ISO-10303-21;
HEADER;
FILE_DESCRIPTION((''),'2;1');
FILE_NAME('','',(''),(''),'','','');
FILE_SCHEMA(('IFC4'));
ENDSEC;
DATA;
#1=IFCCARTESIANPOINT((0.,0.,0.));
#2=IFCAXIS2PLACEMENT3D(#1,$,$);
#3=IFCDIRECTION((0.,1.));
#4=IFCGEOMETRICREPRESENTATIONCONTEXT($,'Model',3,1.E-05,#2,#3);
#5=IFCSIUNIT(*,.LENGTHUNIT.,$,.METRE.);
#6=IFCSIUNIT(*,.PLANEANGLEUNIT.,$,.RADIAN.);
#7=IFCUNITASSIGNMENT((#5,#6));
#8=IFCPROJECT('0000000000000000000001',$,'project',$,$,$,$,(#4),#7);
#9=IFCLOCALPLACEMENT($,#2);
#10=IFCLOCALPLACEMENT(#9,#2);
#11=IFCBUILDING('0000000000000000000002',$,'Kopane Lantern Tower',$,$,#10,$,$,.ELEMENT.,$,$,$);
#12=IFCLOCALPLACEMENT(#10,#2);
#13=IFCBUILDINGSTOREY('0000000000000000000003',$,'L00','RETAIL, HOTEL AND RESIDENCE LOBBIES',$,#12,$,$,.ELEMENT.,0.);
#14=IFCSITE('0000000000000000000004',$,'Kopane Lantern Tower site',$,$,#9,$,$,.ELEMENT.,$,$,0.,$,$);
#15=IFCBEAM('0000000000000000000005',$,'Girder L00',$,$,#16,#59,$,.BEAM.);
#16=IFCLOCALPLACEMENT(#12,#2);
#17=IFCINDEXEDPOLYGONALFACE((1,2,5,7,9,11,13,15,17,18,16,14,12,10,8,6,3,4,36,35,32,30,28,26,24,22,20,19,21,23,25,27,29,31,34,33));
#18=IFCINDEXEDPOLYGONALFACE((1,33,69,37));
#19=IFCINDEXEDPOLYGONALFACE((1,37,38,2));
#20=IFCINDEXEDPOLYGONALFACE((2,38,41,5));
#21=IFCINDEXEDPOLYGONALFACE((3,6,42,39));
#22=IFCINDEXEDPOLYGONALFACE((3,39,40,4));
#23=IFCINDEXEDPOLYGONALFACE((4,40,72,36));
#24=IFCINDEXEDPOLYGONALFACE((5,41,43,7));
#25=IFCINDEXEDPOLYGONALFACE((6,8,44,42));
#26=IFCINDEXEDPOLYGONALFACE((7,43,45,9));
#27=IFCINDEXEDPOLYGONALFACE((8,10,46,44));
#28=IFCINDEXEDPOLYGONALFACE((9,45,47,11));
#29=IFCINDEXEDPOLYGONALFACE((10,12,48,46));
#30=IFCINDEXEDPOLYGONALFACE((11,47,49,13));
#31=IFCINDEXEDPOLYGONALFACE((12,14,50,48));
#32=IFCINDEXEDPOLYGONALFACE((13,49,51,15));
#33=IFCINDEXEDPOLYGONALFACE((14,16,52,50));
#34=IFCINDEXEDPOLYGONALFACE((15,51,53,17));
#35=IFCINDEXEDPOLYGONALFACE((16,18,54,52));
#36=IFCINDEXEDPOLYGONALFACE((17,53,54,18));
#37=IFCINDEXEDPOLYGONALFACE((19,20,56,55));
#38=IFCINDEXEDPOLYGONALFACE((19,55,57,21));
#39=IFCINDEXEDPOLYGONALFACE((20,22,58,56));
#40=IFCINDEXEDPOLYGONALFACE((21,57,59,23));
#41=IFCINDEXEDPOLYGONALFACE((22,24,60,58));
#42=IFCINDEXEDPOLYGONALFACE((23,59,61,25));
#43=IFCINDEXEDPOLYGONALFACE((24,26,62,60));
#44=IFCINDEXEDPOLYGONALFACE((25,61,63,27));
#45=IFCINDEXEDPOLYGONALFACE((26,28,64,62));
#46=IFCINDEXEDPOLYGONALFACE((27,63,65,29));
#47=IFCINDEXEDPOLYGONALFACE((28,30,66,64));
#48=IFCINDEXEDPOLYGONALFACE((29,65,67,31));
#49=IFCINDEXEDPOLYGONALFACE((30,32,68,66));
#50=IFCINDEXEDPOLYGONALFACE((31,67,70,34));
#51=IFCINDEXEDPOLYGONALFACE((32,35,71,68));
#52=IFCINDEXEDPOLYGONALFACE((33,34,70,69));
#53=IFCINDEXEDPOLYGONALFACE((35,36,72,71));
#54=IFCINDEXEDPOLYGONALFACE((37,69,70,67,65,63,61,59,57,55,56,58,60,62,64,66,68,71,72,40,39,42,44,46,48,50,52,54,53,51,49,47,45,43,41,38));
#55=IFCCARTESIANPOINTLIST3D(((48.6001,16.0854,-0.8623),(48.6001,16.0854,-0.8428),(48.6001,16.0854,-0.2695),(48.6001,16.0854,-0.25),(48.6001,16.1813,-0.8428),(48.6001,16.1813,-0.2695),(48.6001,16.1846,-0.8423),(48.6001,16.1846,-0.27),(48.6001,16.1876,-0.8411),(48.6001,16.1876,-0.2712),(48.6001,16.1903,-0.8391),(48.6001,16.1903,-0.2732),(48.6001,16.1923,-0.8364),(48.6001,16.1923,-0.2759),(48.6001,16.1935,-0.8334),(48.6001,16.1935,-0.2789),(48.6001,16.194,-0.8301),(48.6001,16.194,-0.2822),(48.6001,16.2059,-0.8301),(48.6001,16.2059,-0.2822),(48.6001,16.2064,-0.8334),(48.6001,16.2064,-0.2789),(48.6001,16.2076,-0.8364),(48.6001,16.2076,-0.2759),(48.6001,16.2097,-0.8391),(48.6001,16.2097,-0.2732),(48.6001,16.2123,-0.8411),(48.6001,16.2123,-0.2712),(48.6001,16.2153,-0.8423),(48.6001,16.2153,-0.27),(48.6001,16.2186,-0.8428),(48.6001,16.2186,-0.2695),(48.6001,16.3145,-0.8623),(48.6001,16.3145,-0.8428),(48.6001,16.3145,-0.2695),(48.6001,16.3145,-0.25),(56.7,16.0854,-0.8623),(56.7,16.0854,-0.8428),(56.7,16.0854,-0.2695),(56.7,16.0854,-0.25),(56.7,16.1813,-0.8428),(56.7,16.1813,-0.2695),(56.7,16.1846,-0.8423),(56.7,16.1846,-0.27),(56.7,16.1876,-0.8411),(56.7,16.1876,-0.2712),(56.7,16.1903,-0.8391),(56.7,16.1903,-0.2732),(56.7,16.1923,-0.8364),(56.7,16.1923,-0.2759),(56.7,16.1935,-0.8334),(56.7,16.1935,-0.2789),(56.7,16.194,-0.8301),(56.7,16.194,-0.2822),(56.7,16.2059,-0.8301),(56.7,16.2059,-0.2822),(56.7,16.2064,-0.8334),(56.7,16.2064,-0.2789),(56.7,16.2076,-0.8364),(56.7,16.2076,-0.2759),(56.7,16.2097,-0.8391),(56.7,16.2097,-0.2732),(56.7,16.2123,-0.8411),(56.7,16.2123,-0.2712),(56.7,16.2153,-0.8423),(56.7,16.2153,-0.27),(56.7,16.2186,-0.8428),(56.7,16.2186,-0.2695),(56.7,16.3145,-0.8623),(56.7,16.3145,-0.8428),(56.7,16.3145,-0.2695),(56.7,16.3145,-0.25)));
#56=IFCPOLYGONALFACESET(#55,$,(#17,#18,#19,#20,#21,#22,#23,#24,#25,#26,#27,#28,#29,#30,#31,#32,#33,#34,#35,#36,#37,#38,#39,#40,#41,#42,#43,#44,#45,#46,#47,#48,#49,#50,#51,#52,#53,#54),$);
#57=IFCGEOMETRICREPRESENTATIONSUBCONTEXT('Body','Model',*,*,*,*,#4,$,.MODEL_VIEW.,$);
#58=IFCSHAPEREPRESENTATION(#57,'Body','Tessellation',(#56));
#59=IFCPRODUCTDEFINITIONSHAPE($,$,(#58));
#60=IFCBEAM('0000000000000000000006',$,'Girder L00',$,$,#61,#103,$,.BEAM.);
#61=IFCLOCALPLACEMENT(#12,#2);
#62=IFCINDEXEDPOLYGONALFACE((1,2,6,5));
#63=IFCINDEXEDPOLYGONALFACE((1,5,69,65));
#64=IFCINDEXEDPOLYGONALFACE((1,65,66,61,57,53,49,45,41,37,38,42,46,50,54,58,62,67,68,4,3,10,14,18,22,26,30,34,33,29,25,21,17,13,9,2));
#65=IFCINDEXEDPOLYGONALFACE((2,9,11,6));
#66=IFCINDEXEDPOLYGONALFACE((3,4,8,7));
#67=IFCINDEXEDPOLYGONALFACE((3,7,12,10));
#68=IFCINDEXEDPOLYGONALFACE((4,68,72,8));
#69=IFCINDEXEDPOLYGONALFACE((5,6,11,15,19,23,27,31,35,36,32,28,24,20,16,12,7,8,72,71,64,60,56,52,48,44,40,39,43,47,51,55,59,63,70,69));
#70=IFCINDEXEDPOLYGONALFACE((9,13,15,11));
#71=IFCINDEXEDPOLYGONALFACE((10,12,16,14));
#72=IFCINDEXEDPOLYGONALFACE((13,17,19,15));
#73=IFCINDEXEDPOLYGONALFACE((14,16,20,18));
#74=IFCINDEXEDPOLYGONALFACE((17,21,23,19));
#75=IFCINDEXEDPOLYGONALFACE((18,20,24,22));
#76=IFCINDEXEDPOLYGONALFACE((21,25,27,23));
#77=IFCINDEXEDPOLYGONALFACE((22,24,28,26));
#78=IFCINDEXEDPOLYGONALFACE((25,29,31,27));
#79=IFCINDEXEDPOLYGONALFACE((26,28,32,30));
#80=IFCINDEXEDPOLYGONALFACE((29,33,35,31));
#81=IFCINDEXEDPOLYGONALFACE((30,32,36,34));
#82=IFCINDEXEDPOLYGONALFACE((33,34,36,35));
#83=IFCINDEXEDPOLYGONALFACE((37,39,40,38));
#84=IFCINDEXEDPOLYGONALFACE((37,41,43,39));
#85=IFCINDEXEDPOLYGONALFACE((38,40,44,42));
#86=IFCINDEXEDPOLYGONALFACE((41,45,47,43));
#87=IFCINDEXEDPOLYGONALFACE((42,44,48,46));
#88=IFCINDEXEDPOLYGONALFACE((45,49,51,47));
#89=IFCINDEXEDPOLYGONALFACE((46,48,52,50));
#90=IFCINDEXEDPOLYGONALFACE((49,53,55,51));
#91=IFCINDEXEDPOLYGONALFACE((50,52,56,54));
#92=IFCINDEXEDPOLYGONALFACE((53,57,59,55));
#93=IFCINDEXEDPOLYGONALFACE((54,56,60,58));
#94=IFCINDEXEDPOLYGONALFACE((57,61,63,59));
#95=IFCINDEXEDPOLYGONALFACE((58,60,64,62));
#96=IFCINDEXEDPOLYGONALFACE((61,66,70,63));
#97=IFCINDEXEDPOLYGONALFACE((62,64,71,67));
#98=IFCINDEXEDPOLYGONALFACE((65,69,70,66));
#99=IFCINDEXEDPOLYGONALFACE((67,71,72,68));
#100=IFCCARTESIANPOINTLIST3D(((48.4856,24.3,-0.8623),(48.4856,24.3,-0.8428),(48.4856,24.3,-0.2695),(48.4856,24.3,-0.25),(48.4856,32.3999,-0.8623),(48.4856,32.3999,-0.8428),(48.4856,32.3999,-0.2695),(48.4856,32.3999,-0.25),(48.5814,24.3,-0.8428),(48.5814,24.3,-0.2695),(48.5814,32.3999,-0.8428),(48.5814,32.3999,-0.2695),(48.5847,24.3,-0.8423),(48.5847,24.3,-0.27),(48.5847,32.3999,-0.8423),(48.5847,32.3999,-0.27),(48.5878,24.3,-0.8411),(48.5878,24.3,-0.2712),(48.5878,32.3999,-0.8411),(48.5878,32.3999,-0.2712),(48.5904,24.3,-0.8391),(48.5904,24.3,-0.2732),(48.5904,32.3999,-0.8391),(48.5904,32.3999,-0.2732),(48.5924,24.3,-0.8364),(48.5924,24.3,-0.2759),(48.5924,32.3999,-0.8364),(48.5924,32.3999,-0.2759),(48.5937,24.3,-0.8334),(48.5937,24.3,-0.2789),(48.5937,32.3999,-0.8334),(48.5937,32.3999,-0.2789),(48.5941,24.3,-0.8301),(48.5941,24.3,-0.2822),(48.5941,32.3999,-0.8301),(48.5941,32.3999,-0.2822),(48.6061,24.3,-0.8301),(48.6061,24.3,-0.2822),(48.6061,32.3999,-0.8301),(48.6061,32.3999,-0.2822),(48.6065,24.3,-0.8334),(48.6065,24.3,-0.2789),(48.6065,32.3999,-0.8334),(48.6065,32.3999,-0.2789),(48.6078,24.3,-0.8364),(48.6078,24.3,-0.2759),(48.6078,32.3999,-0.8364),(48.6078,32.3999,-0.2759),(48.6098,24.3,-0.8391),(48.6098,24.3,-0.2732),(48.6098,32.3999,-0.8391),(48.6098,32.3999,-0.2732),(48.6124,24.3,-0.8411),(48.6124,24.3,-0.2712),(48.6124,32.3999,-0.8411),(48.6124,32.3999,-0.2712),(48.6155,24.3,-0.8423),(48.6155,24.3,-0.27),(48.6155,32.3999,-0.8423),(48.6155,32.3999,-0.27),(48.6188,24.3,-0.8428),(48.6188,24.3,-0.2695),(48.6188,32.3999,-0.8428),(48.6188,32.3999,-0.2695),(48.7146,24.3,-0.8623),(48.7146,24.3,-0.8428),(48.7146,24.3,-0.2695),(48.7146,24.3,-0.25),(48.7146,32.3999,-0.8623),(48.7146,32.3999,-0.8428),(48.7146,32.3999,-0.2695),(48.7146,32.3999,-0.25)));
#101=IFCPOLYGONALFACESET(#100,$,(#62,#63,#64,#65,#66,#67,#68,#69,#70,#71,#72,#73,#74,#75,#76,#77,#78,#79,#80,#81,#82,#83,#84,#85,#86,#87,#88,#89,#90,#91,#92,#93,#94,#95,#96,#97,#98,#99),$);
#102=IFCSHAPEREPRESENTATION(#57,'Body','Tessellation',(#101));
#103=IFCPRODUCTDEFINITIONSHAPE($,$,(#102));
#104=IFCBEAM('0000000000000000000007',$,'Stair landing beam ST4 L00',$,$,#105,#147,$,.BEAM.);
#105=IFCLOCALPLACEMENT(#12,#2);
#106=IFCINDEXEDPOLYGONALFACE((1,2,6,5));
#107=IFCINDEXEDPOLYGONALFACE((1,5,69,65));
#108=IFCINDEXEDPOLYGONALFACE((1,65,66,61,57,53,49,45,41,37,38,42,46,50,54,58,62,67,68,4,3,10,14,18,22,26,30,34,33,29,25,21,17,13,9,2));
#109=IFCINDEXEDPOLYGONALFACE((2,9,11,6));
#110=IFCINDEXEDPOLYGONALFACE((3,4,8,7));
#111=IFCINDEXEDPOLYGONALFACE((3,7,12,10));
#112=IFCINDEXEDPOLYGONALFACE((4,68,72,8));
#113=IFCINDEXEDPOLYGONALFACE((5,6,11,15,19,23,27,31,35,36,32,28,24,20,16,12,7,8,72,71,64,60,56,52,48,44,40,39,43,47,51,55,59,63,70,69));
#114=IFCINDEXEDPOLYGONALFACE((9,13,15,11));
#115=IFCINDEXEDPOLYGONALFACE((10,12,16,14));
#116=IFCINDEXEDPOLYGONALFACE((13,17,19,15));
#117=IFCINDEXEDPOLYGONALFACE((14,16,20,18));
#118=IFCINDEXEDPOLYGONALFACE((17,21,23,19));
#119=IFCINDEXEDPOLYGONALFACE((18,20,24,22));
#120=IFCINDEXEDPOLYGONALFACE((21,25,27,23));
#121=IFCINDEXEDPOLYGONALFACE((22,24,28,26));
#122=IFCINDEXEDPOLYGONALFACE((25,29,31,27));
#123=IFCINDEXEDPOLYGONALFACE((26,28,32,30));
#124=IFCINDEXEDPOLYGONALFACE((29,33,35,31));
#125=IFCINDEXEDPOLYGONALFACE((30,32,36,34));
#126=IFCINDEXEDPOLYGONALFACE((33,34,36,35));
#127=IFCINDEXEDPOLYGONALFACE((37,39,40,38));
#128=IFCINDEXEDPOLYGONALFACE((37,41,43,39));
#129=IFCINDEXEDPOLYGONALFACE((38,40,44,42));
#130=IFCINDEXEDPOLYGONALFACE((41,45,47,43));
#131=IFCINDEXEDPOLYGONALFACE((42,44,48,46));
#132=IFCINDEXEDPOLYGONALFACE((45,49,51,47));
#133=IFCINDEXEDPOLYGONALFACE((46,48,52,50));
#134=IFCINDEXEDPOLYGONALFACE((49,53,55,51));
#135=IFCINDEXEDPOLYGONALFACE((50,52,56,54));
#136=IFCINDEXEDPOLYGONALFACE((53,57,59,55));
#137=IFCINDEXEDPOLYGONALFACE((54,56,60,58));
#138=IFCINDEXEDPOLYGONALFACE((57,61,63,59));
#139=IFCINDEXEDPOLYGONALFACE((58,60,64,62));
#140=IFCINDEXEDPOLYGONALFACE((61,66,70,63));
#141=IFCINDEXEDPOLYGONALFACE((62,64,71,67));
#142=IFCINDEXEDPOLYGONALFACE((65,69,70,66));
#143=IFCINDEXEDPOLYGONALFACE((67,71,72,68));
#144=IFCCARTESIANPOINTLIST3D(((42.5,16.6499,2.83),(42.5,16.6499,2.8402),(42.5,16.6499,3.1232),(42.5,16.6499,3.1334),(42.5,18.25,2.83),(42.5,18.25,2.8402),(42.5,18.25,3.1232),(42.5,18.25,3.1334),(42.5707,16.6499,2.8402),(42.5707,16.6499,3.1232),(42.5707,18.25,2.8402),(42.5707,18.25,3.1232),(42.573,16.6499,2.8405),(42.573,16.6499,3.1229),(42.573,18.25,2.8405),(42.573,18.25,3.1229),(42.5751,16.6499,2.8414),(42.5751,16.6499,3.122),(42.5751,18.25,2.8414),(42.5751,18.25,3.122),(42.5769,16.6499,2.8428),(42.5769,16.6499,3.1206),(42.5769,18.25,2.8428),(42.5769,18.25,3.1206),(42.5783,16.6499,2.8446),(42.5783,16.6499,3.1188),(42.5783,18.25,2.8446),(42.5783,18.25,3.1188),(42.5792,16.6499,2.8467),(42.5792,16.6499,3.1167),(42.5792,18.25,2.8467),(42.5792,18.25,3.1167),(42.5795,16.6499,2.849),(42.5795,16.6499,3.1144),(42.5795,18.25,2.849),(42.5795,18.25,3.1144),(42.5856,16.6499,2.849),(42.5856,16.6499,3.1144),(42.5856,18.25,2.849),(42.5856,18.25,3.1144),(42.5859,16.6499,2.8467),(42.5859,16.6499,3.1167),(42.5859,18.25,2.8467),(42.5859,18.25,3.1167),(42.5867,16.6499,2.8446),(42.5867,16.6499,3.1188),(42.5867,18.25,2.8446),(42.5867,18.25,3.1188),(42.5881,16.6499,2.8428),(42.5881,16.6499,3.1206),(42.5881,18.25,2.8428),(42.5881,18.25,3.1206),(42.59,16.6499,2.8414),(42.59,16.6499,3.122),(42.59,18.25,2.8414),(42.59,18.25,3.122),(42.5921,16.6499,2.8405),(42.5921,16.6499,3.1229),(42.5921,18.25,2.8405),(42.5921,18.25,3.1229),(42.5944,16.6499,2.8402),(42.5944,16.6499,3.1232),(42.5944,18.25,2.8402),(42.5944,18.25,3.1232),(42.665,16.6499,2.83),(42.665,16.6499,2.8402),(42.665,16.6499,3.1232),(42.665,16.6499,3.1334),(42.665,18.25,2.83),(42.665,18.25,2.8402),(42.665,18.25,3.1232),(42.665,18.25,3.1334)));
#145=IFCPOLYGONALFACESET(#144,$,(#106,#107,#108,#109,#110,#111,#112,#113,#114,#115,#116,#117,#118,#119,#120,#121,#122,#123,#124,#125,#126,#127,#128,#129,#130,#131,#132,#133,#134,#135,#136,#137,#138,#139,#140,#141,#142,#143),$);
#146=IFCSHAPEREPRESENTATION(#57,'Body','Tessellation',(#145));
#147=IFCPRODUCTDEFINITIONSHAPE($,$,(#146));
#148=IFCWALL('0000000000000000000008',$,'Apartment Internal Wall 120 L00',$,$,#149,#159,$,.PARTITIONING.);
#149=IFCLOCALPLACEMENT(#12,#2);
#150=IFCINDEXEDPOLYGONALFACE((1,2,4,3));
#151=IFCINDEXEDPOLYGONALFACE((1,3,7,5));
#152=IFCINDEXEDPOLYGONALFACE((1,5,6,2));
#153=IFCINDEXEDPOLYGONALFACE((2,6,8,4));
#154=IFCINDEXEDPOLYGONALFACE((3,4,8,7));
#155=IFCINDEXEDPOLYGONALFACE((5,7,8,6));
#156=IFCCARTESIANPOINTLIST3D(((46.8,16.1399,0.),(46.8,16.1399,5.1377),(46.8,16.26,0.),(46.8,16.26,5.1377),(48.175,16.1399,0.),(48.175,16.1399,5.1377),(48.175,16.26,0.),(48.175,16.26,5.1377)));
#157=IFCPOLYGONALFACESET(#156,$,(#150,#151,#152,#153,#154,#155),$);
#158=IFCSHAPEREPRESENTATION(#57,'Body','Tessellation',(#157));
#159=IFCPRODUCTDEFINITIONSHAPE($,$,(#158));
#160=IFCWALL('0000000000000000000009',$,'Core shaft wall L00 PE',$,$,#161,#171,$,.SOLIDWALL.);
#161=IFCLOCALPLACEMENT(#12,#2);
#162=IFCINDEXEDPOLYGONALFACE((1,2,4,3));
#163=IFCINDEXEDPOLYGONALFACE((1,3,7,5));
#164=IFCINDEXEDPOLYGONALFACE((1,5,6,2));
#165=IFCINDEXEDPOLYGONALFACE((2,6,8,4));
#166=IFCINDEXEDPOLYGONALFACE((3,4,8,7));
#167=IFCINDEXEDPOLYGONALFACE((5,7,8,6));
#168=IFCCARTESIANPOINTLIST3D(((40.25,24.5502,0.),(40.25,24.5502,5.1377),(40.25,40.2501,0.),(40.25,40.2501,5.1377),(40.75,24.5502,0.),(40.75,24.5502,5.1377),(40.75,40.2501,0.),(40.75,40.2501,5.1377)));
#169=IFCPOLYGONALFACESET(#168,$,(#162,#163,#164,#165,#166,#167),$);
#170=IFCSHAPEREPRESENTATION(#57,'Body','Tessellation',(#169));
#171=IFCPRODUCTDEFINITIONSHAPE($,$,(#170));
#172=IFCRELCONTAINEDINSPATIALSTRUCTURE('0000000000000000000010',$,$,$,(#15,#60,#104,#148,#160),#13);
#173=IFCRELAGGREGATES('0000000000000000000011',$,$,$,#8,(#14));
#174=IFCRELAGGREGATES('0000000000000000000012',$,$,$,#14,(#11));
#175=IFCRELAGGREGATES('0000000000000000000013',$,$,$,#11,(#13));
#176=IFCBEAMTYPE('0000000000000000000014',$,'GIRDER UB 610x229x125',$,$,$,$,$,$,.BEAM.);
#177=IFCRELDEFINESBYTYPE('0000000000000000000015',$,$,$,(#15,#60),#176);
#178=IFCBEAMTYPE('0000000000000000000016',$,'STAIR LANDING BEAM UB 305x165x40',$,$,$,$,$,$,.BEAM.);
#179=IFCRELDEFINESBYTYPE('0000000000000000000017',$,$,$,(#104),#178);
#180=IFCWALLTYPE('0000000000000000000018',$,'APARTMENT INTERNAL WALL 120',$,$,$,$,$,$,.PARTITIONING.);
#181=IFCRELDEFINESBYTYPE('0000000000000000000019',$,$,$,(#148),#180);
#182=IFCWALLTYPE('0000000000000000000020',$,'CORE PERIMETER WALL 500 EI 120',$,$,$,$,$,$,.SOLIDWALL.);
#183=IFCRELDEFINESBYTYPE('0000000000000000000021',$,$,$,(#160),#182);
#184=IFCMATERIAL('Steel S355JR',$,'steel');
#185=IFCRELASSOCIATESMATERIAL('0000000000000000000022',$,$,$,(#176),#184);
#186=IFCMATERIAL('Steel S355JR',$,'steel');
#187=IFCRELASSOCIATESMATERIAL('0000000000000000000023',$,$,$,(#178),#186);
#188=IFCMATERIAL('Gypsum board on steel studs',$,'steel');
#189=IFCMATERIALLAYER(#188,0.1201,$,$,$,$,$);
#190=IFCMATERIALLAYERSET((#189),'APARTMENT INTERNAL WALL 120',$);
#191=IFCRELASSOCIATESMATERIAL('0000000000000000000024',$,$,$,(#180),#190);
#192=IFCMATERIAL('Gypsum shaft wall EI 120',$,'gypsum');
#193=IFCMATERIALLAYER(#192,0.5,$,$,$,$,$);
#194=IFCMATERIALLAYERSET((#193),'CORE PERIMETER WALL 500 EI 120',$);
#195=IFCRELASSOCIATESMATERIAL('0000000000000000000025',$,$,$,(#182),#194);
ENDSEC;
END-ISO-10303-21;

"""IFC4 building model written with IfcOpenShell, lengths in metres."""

from ifc_helpers import new_model, si_unit, direction, frame, frame_2d, origin, origin_2d, place, context, subcontext, project, spatial, rectangle, i_section, extrude, material, layer, layer_set, material_profile, profile_set, type_object, element, save


model = new_model("IFC4")

# Units and contexts
model_context = context("Model", 3, precision=1e-05, world=origin(), true_north=direction((0.0, 1.0)))
body_context = subcontext(model_context, "Body", "Model", "MODEL_VIEW")
ifc_project = project(units=[si_unit("LENGTHUNIT", "METRE"), si_unit("PLANEANGLEUNIT", "RADIAN")], contexts=[model_context])

# Site, building, storey
site_placement = place(None, origin())
site = spatial("IfcSite", under=ifc_project, at=site_placement, Name="Kopane Lantern Tower site", CompositionType="ELEMENT", RefElevation=0.0)
building_placement = place(site_placement, origin())
building = spatial("IfcBuilding", under=site, at=building_placement, Name="Kopane Lantern Tower", CompositionType="ELEMENT")
storey_placement = place(building_placement, origin())
storey = spatial("IfcBuildingStorey", under=building, at=storey_placement, Name="L00", Description="RETAIL, HOTEL AND RESIDENCE LOBBIES", CompositionType="ELEMENT", Elevation=0.0)

# Beams
ifc_material_1 = material(Name="Steel S355JR", Category="steel")
ifc_material_profile_1 = material_profile(ifc_material_1, i_section(OverallWidth=0.229, OverallDepth=0.6123, WebThickness=0.012, FlangeThickness=0.0195, FilletRadius=0.0127, at=origin_2d()), Name="UB 610x229x125")
ifc_profile_set_1 = profile_set([ifc_material_profile_1], Name="Steel S355JR")
beam_type_1 = type_object("IfcBeamType", Name="GIRDER UB 610x229x125", PredefinedType="BEAM", material=ifc_profile_set_1)
for number, where, z_axis, x_axis, name in (
    (1, (48.6001, 16.2, -0.5562), (1.0, 0.0, 0.0), (0.0, 1.0, 0.0), "Girder L00"),
    (2, (48.6001, 24.3, -0.5562), (0.0, 1.0, 0.0), (-1.0, 0.0, 0.0), "Girder L00"),
):
    element("IfcBeam", number, at=place(storey_placement, frame(where, z_axis=z_axis, x_axis=x_axis)), inside=storey, type_object=beam_type_1, Name=name, PredefinedType="BEAM", context=body_context, shape_type="SweptSolid", body=[
        extrude(i_section(OverallWidth=0.229, OverallDepth=0.6123, WebThickness=0.012, FlangeThickness=0.0195, FilletRadius=0.0127, at=origin_2d()), origin(), (0.0, 0.0, 1.0), 8.0999),
    ])
ifc_material_2 = material(Name="Steel S355JR", Category="steel")
ifc_material_profile_2 = material_profile(ifc_material_2, i_section(OverallWidth=0.165, OverallDepth=0.3035, WebThickness=0.0061, FlangeThickness=0.0103, FilletRadius=0.0088, at=origin_2d()), Name="UB 305x165x40")
ifc_profile_set_2 = profile_set([ifc_material_profile_2], Name="Steel S355JR")
beam_type_2 = type_object("IfcBeamType", Name="STAIR LANDING BEAM UB 305x165x40", PredefinedType="BEAM", material=ifc_profile_set_2)
beam_1_placement = place(storey_placement, frame((42.5825, 16.6499, 2.9817), z_axis=(0.0, 1.0, 0.0), x_axis=(-1.0, 0.0, 0.0)))
element("IfcBeam", 3, at=beam_1_placement, inside=storey, type_object=beam_type_2, Name="Stair landing beam ST4 L00", PredefinedType="BEAM", context=body_context, shape_type="SweptSolid", body=[
    extrude(i_section(OverallWidth=0.165, OverallDepth=0.3035, WebThickness=0.0061, FlangeThickness=0.0103, FilletRadius=0.0088, at=origin_2d()), origin(), (0.0, 0.0, 1.0), 1.6001),
])

# Walls
ifc_material_3 = material(Name="Gypsum board on steel studs", Category="steel")
ifc_layer_1 = layer(ifc_material_3, 0.1201)
ifc_layer_set_1 = layer_set([ifc_layer_1], Name="APARTMENT INTERNAL WALL 120")
wall_type_1 = type_object("IfcWallType", Name="APARTMENT INTERNAL WALL 120", PredefinedType="PARTITIONING", material=ifc_layer_set_1)
wall_1_placement = place(storey_placement, frame((46.8, 16.2, 0.0), z_axis=(0.0, 0.0, 1.0), x_axis=(1.0, 0.0, 0.0)))
element("IfcWall", 4, at=wall_1_placement, inside=storey, type_object=wall_type_1, Name="Apartment Internal Wall 120 L00", PredefinedType="PARTITIONING", context=body_context, shape_type="SweptSolid", body=[
    extrude(rectangle(XDim=1.375, YDim=0.1201, at=frame_2d((0.6875, 0.0))), origin(), (0.0, 0.0, 1.0), 5.1377),
])
ifc_material_4 = material(Name="Gypsum shaft wall EI 120", Category="gypsum")
ifc_layer_2 = layer(ifc_material_4, 0.5)
ifc_layer_set_2 = layer_set([ifc_layer_2], Name="CORE PERIMETER WALL 500 EI 120")
wall_type_2 = type_object("IfcWallType", Name="CORE PERIMETER WALL 500 EI 120", PredefinedType="SOLIDWALL", material=ifc_layer_set_2)
wall_2_placement = place(storey_placement, frame((40.5, 24.55, 0.0), z_axis=(0.0, 0.0, 1.0), x_axis=(0.0, 1.0, 0.0)))
element("IfcWall", 5, at=wall_2_placement, inside=storey, type_object=wall_type_2, Name="Core shaft wall L00 PE", PredefinedType="SOLIDWALL", context=body_context, shape_type="SweptSolid", body=[
    extrude(rectangle(XDim=15.7, YDim=0.5, at=frame_2d((7.8501, 0.0))), origin(), (0.0, 0.0, 1.0), 5.1377),
])

save(model, "model.ifc")
